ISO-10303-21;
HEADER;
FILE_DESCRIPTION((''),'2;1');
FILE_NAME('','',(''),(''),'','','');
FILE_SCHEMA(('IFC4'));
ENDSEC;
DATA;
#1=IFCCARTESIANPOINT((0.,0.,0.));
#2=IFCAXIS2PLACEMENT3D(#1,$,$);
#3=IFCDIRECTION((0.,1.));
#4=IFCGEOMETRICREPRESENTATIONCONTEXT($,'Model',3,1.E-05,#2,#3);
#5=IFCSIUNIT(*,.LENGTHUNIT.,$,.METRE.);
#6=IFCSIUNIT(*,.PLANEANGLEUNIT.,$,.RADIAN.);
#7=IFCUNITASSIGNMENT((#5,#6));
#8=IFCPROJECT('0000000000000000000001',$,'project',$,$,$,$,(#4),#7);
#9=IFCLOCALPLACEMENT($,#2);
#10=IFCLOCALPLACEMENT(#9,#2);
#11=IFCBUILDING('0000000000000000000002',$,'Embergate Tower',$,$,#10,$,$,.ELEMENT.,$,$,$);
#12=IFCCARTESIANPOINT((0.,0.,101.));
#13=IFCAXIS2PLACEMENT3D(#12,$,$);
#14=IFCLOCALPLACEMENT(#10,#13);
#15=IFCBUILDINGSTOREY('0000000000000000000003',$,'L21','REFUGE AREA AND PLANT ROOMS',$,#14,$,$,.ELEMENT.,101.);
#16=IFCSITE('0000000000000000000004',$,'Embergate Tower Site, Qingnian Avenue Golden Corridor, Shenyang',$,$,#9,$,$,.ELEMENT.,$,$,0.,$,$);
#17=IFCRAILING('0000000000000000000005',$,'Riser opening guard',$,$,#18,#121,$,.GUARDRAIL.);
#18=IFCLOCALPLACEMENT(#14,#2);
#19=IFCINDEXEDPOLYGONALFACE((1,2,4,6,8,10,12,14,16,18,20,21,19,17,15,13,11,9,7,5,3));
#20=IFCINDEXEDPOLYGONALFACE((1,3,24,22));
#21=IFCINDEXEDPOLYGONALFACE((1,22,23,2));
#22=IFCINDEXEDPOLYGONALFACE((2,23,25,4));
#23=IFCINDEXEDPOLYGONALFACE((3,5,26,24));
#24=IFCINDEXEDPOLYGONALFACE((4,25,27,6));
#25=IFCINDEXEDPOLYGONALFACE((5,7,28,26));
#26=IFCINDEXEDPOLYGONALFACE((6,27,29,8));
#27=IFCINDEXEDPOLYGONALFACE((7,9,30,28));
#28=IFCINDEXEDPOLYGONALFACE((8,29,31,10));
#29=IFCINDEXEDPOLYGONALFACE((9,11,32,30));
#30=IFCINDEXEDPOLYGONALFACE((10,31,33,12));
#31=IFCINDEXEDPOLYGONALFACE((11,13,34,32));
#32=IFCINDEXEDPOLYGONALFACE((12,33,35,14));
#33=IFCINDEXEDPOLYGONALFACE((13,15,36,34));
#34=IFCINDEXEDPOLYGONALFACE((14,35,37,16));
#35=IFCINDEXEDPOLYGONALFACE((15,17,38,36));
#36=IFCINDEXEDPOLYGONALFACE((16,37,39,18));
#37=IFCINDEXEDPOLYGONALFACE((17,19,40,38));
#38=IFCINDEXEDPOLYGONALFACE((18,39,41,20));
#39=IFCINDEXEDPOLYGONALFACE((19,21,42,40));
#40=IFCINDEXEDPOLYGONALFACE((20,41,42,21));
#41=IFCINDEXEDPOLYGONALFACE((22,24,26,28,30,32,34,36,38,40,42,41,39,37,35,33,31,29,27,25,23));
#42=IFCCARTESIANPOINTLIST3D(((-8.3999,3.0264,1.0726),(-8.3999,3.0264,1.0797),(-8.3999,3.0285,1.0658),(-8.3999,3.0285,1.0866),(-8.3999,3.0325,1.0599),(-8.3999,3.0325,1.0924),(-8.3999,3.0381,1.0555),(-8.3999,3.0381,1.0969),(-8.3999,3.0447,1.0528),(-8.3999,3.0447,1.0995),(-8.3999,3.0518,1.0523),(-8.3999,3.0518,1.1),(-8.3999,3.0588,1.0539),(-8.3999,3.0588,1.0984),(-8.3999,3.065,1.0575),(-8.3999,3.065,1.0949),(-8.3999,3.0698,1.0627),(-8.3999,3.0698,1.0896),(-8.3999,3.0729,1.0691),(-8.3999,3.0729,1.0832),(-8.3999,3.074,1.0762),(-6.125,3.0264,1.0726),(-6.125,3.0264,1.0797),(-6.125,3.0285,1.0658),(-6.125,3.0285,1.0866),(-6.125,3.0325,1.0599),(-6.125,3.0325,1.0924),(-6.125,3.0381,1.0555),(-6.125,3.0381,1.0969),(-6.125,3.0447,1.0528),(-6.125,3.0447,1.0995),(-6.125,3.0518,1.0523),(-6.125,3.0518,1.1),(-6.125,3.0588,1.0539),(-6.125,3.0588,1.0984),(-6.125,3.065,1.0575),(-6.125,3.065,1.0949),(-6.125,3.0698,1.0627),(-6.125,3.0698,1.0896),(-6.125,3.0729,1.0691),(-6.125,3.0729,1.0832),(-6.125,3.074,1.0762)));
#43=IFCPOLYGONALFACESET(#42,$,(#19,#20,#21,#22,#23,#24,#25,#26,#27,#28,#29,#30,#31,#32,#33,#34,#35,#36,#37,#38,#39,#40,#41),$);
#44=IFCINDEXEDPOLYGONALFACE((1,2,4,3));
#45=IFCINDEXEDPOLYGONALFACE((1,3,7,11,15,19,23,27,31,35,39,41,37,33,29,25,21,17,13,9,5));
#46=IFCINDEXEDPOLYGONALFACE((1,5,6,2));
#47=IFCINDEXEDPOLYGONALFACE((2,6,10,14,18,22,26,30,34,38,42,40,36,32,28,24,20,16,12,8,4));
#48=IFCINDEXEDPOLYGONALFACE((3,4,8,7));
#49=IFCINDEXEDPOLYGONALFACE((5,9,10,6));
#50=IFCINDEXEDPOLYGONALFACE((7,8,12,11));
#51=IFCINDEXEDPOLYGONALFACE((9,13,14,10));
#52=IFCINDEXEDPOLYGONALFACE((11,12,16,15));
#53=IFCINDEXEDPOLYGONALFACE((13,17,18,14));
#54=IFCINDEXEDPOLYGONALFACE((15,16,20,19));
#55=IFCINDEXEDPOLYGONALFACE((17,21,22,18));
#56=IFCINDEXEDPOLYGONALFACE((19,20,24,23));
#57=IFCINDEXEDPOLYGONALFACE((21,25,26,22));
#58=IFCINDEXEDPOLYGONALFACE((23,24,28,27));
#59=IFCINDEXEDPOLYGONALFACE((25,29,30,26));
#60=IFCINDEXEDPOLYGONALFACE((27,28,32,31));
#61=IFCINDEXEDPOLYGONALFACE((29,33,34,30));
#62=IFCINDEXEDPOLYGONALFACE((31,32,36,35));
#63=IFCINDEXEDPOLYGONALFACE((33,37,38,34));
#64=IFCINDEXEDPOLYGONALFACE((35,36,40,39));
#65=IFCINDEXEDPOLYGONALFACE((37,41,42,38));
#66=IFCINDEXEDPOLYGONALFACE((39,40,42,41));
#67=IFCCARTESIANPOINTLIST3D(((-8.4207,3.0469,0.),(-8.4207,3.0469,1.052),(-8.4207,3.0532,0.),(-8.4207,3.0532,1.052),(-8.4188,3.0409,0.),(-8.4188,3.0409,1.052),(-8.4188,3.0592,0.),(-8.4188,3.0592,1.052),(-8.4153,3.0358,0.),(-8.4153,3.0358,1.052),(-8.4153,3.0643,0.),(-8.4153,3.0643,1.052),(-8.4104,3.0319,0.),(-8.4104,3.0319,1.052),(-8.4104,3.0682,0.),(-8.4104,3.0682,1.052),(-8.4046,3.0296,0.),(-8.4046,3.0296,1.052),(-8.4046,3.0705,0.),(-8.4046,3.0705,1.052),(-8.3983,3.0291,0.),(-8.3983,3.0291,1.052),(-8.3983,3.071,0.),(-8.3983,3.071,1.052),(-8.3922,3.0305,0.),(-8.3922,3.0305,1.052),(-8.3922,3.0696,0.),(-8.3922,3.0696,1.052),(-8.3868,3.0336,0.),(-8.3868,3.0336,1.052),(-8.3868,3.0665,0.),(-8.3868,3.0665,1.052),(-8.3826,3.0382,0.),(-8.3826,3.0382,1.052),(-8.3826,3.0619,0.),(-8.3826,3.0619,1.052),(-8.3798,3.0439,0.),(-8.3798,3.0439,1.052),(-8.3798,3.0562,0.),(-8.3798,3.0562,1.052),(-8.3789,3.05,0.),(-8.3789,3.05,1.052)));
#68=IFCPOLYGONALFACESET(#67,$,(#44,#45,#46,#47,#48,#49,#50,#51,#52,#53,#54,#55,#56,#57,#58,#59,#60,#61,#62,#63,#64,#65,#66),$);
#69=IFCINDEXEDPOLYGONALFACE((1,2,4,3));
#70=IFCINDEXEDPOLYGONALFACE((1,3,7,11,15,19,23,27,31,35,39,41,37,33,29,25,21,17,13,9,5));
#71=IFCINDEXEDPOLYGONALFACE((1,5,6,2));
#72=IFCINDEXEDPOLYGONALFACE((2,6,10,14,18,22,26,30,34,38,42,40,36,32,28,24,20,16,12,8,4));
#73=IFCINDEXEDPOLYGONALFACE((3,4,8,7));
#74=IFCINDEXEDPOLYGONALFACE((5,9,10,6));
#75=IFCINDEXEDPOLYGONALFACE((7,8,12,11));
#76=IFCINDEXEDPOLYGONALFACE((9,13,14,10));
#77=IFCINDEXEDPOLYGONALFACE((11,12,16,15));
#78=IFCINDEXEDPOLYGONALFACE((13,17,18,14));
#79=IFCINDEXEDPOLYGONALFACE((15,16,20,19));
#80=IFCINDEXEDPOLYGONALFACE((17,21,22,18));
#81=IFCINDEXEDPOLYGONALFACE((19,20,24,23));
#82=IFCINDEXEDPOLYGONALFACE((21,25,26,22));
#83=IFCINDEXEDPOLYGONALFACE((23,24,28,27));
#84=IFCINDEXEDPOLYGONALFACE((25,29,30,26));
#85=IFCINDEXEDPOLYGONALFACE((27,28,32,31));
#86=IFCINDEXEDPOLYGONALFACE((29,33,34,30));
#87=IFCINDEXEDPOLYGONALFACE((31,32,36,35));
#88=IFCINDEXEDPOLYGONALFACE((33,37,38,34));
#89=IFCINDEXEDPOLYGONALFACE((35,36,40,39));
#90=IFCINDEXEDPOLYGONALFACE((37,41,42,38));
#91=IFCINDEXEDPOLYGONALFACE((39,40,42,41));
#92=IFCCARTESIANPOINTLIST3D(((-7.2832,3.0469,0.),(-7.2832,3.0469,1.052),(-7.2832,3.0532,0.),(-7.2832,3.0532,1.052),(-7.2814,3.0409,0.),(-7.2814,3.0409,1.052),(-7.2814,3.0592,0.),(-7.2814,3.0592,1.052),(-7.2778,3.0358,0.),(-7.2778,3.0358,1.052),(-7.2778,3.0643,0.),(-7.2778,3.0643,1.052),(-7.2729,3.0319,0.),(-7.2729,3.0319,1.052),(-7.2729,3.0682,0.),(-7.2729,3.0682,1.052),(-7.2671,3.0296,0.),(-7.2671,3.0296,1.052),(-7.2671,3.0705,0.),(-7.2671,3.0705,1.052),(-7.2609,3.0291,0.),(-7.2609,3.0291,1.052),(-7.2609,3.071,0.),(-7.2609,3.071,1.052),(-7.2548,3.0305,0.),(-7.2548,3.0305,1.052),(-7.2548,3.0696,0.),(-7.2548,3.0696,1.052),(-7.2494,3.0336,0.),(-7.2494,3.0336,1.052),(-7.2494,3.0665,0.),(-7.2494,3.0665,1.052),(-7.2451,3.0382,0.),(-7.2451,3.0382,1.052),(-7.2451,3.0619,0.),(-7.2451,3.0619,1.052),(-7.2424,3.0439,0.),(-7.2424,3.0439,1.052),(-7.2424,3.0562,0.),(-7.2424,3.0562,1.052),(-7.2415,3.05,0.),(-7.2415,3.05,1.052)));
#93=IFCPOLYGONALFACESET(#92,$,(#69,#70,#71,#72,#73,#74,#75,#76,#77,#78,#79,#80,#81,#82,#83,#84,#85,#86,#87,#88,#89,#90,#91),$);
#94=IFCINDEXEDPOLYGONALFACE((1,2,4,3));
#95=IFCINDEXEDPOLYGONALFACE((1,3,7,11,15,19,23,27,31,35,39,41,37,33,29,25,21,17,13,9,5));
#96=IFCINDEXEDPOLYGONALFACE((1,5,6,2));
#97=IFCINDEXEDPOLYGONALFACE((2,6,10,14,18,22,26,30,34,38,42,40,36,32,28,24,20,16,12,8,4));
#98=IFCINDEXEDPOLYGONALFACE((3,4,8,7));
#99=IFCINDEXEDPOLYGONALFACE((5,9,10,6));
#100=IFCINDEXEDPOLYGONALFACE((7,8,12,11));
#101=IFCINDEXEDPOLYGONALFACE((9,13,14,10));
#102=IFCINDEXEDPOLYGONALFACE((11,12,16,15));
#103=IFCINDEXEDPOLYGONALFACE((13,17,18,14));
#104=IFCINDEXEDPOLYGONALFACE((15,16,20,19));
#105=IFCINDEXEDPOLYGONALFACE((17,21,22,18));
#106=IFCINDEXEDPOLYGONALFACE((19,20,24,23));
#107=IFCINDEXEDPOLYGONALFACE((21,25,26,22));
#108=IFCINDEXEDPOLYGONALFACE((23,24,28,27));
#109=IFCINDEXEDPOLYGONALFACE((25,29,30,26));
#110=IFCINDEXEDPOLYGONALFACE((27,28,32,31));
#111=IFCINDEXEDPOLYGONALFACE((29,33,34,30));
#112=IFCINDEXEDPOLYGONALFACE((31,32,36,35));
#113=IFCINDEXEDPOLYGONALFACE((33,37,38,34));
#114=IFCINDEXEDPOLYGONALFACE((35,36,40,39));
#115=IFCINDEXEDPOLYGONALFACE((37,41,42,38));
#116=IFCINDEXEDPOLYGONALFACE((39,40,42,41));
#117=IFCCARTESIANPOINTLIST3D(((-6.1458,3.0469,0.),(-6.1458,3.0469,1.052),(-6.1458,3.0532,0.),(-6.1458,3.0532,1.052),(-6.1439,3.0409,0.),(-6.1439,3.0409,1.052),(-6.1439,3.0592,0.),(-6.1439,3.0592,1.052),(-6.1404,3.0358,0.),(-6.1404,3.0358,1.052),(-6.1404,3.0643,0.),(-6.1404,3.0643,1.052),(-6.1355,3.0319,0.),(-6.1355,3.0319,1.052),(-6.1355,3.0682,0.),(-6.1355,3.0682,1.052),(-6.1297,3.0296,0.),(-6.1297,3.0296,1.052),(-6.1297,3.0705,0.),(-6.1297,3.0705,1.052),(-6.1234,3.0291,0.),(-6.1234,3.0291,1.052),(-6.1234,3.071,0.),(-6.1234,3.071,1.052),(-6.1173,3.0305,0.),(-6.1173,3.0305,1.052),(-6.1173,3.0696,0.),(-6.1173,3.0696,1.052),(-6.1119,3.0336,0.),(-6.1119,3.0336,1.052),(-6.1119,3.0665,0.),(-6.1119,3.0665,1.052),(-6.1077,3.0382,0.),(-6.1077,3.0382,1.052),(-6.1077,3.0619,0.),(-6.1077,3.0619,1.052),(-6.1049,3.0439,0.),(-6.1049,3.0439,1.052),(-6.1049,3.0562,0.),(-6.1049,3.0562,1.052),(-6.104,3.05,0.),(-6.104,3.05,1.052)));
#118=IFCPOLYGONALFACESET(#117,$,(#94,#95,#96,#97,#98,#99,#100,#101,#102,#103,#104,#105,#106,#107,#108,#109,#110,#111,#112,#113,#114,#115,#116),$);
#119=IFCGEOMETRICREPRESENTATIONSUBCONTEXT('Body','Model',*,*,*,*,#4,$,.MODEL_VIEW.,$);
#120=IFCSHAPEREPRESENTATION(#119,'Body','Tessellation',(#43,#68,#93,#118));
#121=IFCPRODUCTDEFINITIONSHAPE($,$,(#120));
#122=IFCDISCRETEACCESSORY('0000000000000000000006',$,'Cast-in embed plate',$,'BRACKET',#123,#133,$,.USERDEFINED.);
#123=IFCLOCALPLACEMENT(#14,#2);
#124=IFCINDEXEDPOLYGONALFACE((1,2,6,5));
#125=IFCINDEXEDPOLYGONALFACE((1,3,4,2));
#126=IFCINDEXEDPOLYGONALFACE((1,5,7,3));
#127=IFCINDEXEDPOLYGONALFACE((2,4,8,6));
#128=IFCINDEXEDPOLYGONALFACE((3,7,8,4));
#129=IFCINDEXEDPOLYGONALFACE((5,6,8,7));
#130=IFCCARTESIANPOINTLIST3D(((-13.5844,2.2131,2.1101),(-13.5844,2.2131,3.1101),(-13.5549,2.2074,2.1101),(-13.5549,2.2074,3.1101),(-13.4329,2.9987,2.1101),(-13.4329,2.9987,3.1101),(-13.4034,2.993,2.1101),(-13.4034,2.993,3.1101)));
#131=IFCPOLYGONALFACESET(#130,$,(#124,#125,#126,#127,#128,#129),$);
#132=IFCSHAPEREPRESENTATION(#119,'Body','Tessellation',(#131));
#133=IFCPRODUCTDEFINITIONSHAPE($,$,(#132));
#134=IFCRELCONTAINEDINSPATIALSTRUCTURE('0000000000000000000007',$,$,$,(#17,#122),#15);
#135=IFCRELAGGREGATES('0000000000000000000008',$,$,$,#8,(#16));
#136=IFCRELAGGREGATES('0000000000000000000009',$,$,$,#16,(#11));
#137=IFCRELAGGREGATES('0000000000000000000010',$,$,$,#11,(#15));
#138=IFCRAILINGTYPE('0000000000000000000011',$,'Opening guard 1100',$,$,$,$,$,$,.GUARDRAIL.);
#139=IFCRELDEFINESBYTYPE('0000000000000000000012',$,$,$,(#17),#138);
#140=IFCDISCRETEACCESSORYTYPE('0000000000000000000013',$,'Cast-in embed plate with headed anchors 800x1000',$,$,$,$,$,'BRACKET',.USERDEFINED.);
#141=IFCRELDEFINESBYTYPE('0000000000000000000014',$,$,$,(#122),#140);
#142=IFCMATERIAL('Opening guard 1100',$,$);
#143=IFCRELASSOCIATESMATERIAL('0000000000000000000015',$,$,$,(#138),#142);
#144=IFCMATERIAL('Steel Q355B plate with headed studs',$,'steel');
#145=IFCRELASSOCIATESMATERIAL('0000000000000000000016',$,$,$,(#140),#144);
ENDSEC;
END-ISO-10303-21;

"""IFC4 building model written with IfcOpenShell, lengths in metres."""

from ifc_helpers import new_model, si_unit, direction, frame, origin, origin_2d, place, context, subcontext, project, spatial, rectangle, circle, extrude, source, transform, mapped, material, type_object, element, save


model = new_model("IFC4")

# Units and contexts
model_context = context("Model", 3, precision=1e-05, world=origin(), true_north=direction((0.0, 1.0)))
body_context = subcontext(model_context, "Body", "Model", "MODEL_VIEW")
ifc_project = project(units=[si_unit("LENGTHUNIT", "METRE"), si_unit("PLANEANGLEUNIT", "RADIAN")], contexts=[model_context])

# Site, building, storey
site_placement = place(None, origin())
site = spatial("IfcSite", under=ifc_project, at=site_placement, Name="Embergate Tower Site, Qingnian Avenue Golden Corridor, Shenyang", CompositionType="ELEMENT", RefElevation=0.0)
building_placement = place(site_placement, origin())
building = spatial("IfcBuilding", under=site, at=building_placement, Name="Embergate Tower", CompositionType="ELEMENT")
storey_placement = place(building_placement, frame((0.0, 0.0, 101.0)))
storey = spatial("IfcBuildingStorey", under=building, at=storey_placement, Name="L21", Description="REFUGE AREA AND PLANT ROOMS", CompositionType="ELEMENT", Elevation=101.0)

# Railing
ifc_material_1 = material(Name="Opening guard 1100")
railing_type = type_object("IfcRailingType", Name="Opening guard 1100", PredefinedType="GUARDRAIL", material=ifc_material_1)
shared_shape_1 = source(origin(), body_context, "Body", "SweptSolid", [
    extrude(circle(Radius=0.0239, at=origin_2d()), frame((0.0, 0.0, 1.0762), z_axis=(1.0, 0.0, 0.0), x_axis=(0.0, 1.0, 0.0)), (0.0, 0.0, 1.0), 2.2749),
    extrude(circle(Radius=0.021, at=origin_2d()), origin(), (0.0, 0.0, 1.0), 1.052),
    extrude(circle(Radius=0.021, at=origin_2d()), frame((1.1375, 0.0, 0.0)), (0.0, 0.0, 1.0), 1.052),
    extrude(circle(Radius=0.021, at=origin_2d()), frame((2.2749, 0.0, 0.0)), (0.0, 0.0, 1.0), 1.052),
])
railing_placement = place(storey_placement, frame((-8.3999, 3.05, 0.0)))
element("IfcRailing", 1, at=railing_placement, inside=storey, type_object=railing_type, Name="Riser opening guard", PredefinedType="GUARDRAIL", context=body_context, shape_type="MappedRepresentation", body=[
    mapped(shared_shape_1, transform((0.0, 0.0, 0.0))),
])

# Discrete accessory
ifc_material_2 = material(Name="Steel Q355B plate with headed studs", Category="steel")
discrete_accessory_type = type_object("IfcDiscreteAccessoryType", Name="Cast-in embed plate with headed anchors 800x1000", ElementType="BRACKET", PredefinedType="USERDEFINED", material=ifc_material_2)
shared_shape_2 = source(origin(), body_context, "Body", "SweptSolid", [
    extrude(rectangle(XDim=0.03, YDim=0.8, at=origin_2d()), origin(), (0.0, 0.0, 1.0), 1.0),
])
discrete_accessory_placement = place(storey_placement, frame((-13.4939, 2.603, 2.1101), z_axis=(0.0, 0.0, 1.0), x_axis=(-0.981899, 0.189404, 0.0)))
element("IfcDiscreteAccessory", 2, at=discrete_accessory_placement, inside=storey, type_object=discrete_accessory_type, Name="Cast-in embed plate", ObjectType="BRACKET", PredefinedType="USERDEFINED", context=body_context, shape_type="MappedRepresentation", body=[
    mapped(shared_shape_2, transform((0.0, 0.0, 0.0))),
])

save(model, "model.ifc")
